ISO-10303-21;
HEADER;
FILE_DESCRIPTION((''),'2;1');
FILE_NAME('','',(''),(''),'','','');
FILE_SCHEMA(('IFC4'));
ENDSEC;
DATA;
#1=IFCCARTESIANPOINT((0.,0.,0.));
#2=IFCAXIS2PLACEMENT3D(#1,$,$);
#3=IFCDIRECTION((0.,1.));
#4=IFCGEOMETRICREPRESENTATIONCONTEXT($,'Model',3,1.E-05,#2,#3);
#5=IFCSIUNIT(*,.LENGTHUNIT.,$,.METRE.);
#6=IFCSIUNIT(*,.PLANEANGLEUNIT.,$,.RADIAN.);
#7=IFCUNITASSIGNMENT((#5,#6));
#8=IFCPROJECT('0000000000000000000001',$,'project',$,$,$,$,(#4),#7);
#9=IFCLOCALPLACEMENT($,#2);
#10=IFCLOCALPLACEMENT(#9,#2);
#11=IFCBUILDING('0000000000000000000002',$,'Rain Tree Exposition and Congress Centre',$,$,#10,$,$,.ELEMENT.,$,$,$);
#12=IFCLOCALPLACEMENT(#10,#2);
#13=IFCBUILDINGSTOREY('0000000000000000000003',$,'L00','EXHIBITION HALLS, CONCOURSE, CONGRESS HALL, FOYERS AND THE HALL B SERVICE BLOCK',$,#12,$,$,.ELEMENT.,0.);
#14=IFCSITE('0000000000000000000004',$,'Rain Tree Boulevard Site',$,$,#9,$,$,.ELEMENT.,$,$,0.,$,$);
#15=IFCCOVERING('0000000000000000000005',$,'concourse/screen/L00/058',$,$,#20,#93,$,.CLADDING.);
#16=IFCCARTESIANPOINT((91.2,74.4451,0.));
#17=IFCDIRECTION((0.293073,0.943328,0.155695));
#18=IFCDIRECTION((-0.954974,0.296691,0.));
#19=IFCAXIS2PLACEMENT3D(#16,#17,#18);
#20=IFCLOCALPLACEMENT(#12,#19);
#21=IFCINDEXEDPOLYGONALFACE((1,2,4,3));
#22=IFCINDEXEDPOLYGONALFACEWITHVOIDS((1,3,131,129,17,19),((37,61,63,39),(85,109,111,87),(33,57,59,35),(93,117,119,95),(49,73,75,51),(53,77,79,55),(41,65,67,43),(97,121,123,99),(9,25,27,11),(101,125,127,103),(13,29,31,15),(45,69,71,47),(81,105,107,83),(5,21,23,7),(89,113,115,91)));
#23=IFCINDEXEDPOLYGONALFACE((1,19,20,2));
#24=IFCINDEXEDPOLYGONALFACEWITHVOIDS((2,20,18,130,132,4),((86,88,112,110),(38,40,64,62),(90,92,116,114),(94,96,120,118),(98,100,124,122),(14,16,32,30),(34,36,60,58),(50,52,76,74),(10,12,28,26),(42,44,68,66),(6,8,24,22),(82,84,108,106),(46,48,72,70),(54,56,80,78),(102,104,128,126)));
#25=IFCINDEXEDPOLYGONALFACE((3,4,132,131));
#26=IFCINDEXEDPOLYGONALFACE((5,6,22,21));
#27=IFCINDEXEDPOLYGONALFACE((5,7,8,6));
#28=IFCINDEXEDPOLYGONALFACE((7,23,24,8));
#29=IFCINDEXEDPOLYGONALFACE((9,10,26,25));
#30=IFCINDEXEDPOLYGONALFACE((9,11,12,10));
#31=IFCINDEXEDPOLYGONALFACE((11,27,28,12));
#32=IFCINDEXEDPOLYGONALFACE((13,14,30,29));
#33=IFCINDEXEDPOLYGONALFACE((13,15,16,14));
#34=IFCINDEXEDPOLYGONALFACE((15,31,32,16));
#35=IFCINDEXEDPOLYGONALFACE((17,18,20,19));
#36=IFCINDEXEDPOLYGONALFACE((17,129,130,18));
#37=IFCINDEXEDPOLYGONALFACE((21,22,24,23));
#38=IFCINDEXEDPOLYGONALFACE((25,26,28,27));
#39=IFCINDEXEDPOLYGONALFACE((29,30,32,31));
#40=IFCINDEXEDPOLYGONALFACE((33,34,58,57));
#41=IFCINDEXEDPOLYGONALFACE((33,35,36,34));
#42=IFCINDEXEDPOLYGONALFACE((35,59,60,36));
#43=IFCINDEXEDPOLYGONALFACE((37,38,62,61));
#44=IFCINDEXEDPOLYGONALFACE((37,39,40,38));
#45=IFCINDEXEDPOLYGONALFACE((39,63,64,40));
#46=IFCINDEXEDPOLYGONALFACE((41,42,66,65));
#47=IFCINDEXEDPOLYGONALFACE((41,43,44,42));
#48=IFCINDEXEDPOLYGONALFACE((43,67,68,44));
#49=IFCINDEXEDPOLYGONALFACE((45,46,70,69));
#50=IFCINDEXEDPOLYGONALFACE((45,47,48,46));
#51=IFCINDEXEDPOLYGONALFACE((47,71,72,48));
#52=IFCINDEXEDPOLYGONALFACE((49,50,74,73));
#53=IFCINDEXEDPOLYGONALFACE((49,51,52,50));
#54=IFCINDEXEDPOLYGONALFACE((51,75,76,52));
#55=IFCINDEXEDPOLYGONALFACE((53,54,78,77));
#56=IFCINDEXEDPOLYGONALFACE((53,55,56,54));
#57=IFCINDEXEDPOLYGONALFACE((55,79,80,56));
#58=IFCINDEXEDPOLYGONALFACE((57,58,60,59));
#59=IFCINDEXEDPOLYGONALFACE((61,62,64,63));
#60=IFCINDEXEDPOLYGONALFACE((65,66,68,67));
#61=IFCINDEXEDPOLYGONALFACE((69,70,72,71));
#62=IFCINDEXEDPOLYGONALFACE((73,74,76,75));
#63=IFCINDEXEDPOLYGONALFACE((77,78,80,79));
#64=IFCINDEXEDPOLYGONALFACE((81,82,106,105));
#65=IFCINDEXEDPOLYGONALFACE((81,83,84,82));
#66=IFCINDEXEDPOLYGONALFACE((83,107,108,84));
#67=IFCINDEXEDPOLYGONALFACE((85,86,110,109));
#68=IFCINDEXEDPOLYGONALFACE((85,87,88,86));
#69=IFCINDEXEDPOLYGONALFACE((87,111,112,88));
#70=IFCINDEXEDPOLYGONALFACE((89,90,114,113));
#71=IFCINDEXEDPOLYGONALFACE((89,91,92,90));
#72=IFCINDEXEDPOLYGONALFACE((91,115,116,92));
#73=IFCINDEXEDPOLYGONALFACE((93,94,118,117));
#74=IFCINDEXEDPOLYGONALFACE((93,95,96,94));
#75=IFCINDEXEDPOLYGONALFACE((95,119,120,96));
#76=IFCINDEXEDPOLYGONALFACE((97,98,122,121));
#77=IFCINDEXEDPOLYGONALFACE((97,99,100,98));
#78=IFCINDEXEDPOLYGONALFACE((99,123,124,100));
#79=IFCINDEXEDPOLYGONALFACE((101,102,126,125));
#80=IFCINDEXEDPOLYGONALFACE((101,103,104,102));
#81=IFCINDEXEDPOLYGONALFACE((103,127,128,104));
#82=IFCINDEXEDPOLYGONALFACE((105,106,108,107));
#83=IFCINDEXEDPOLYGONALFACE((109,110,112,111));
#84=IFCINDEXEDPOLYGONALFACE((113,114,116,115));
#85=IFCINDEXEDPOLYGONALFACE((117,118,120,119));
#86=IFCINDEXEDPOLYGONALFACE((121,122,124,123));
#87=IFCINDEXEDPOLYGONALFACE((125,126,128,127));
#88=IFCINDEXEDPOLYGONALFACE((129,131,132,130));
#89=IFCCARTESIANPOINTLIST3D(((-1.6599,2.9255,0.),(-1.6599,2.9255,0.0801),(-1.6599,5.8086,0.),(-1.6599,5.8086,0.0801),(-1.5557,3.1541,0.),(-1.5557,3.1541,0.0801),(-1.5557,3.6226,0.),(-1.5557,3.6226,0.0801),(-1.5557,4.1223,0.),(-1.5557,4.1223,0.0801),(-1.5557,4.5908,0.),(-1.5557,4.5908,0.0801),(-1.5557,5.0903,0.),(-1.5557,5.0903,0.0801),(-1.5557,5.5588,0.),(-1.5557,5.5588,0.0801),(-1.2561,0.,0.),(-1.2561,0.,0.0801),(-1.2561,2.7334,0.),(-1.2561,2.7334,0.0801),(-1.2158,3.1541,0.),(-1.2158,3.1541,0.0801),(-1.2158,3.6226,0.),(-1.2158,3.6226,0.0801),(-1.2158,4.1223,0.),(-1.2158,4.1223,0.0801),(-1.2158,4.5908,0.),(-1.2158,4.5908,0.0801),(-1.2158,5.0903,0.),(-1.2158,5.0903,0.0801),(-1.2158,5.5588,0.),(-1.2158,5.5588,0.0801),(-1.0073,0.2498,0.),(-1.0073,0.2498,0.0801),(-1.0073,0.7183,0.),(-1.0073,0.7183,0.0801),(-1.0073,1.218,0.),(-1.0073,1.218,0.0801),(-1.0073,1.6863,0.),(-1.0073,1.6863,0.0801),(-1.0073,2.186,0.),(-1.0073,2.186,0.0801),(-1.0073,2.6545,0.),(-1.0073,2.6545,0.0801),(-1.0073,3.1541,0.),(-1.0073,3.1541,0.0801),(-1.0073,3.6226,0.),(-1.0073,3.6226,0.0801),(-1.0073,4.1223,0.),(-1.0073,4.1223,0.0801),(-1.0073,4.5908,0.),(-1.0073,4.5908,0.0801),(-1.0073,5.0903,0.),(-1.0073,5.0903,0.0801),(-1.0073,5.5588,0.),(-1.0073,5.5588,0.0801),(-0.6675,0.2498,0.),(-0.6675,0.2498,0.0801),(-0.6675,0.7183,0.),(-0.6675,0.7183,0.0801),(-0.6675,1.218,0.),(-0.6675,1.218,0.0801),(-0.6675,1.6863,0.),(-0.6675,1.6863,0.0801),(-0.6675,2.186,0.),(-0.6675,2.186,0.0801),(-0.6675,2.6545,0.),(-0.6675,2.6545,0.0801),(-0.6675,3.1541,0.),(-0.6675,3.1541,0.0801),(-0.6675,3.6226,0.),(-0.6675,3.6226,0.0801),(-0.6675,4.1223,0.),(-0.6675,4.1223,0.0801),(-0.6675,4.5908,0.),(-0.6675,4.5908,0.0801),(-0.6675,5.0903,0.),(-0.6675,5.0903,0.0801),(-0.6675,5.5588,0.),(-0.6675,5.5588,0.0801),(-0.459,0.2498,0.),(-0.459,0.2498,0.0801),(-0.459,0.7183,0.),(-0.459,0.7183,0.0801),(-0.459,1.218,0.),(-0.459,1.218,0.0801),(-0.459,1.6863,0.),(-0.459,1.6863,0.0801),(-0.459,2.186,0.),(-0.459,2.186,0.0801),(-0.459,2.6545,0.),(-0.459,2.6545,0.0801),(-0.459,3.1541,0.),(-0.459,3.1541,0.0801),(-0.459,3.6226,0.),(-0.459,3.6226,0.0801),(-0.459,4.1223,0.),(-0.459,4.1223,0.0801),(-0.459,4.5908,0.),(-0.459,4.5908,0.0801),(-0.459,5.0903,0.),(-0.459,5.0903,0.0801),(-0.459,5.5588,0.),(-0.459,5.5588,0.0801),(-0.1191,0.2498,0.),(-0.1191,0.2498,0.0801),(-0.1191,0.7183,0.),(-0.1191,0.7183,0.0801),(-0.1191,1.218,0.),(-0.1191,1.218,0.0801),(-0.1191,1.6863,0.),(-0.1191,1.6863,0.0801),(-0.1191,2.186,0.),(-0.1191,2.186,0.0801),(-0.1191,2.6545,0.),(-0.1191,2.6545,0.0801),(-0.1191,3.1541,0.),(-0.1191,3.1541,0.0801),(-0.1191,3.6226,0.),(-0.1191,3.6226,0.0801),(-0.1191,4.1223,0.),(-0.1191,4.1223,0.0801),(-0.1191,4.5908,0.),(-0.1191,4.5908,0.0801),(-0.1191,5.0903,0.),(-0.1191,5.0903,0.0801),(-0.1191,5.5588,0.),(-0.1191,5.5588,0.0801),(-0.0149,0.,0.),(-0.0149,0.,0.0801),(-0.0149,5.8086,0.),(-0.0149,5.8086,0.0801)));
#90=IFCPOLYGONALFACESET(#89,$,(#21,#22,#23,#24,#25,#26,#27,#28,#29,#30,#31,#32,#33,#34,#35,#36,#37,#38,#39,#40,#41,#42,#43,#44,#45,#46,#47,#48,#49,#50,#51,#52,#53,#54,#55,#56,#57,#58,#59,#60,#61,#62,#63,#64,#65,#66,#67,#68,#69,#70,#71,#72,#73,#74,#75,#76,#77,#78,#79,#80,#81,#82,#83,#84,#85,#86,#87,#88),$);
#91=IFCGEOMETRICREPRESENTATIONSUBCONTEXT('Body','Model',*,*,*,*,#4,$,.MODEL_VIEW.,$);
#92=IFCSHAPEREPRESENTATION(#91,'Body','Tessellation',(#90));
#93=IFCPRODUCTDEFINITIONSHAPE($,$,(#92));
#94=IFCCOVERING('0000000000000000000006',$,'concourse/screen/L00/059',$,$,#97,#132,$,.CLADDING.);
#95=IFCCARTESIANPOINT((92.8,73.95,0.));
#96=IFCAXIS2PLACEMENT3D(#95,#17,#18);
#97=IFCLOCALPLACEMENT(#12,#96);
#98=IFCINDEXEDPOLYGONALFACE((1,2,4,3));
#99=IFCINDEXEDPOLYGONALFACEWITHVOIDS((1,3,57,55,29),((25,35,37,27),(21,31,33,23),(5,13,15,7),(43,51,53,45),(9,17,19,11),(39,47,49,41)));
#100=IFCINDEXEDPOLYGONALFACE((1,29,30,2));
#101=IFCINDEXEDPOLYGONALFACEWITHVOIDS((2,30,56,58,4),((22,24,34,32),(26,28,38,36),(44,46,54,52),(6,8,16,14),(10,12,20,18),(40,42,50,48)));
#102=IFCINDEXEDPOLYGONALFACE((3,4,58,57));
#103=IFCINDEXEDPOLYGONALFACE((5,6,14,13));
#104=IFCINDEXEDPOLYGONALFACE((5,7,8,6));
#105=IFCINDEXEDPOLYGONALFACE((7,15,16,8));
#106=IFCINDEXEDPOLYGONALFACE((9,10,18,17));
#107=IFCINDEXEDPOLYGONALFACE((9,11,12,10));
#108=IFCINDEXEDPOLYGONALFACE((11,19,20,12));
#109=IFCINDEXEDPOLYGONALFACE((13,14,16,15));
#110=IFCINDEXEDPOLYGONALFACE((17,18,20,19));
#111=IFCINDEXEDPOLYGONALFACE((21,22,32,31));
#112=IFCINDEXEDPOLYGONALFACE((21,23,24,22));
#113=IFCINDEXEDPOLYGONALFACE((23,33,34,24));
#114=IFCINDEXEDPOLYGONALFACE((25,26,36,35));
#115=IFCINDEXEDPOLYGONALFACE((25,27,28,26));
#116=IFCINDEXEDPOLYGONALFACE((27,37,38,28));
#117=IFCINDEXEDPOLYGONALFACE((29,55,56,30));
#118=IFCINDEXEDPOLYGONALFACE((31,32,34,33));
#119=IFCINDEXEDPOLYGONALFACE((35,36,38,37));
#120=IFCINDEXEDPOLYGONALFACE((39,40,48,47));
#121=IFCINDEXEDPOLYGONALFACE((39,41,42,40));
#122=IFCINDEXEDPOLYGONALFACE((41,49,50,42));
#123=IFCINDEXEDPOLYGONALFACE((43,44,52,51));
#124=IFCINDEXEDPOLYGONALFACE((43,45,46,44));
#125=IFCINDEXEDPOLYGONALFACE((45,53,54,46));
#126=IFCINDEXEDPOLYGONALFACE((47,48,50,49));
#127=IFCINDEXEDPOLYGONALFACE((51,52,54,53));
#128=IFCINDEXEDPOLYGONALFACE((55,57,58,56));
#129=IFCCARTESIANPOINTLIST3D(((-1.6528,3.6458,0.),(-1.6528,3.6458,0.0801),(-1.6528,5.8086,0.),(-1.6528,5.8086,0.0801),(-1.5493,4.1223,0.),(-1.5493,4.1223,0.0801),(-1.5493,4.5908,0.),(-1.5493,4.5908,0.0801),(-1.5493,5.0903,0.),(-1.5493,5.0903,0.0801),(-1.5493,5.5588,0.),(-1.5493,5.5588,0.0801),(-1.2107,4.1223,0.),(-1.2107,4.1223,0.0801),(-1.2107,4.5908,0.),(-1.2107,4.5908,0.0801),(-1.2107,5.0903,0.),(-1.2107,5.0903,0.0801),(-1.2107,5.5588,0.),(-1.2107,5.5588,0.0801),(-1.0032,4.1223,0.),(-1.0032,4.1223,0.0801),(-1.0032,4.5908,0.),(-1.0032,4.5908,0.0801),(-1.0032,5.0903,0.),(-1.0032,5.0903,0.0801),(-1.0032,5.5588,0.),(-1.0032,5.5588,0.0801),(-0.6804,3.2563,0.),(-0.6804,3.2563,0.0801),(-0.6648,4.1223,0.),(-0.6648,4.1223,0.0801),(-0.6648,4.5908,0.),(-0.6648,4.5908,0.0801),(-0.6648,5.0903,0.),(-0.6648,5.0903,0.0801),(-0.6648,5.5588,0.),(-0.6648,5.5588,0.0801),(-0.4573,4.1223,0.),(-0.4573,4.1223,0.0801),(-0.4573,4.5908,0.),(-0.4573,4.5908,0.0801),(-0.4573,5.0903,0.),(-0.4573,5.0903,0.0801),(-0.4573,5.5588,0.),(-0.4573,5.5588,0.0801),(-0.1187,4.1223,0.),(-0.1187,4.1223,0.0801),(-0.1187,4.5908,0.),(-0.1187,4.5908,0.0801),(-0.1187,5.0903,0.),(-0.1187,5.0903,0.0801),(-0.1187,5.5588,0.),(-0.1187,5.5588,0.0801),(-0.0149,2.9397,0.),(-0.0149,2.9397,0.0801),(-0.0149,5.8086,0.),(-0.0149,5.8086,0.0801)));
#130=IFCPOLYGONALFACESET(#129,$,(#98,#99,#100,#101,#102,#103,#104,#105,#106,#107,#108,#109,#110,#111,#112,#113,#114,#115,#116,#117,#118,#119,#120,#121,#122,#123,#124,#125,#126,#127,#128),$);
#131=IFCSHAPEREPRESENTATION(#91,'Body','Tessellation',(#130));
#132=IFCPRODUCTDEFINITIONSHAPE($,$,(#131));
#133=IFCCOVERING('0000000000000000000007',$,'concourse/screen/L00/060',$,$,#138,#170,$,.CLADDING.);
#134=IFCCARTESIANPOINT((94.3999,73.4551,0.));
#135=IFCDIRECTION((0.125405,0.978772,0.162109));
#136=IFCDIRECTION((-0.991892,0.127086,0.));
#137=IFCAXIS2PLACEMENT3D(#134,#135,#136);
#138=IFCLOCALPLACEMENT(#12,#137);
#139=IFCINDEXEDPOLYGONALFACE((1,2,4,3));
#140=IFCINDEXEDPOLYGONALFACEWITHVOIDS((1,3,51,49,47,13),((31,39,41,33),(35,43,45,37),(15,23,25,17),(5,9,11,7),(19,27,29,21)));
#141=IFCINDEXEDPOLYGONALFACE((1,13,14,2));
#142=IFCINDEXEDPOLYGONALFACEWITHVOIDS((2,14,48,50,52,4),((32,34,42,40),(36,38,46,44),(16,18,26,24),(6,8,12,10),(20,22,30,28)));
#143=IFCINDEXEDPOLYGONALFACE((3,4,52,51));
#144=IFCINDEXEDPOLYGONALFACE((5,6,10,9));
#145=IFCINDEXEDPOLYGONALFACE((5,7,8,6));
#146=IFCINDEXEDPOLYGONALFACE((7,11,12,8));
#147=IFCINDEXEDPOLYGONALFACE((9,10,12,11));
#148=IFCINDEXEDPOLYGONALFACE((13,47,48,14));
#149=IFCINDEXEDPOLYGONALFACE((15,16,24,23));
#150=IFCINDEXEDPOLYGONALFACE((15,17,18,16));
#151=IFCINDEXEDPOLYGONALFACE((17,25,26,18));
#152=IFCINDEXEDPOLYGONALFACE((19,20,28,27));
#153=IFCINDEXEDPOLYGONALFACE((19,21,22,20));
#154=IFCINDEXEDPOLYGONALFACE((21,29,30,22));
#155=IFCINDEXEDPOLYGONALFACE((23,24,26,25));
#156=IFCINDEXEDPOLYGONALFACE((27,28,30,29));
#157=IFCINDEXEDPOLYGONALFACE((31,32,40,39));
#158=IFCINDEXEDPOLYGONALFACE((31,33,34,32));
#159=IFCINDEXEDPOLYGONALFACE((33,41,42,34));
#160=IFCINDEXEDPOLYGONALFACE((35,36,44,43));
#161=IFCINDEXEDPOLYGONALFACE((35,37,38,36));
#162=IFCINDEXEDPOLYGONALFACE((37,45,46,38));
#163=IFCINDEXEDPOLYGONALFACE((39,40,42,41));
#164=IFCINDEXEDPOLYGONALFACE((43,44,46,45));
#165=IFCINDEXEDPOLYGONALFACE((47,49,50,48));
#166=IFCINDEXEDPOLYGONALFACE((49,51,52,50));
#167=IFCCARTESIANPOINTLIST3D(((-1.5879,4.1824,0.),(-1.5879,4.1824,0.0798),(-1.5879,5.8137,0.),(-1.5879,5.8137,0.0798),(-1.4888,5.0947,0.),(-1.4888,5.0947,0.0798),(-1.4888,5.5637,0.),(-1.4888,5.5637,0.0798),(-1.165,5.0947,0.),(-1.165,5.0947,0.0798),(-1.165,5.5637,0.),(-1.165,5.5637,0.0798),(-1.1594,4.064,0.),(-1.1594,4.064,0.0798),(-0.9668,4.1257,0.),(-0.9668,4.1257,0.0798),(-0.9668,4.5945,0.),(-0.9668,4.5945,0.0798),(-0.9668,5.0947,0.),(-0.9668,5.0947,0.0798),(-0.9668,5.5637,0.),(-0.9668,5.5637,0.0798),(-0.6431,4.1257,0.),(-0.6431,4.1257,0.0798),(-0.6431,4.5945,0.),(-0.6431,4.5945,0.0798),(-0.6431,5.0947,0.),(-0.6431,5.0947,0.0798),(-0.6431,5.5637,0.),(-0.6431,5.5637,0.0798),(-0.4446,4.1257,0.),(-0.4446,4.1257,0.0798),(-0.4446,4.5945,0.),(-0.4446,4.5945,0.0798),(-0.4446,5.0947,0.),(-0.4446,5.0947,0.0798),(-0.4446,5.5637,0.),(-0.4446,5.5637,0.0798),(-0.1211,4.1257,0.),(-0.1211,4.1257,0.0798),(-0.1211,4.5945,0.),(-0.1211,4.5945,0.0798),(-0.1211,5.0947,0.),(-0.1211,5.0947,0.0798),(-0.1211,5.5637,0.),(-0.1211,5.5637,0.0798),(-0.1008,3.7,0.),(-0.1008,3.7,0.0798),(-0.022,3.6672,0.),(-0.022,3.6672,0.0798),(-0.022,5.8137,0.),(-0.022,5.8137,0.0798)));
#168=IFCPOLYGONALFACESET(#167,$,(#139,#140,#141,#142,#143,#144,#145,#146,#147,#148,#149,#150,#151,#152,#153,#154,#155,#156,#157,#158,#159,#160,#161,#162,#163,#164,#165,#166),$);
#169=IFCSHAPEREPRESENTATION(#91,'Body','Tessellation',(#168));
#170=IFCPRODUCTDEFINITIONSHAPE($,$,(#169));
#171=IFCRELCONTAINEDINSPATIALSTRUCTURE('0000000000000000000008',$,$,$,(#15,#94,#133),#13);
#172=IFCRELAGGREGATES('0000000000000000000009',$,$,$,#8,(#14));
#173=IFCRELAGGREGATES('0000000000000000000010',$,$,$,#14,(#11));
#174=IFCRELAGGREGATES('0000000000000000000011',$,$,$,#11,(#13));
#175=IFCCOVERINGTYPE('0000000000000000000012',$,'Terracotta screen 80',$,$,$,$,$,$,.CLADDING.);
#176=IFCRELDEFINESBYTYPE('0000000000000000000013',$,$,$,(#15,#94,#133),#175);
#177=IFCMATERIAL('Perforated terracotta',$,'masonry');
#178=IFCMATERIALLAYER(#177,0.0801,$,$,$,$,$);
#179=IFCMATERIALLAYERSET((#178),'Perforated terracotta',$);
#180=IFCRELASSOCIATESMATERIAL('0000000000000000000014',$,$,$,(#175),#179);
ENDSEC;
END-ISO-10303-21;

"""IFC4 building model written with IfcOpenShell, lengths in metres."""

from ifc_helpers import new_model, si_unit, direction, frame, origin, place, context, subcontext, project, spatial, polyline, outline, extrude, material, layer, layer_set, type_object, element, save


model = new_model("IFC4")

# Units and contexts
model_context = context("Model", 3, precision=1e-05, world=origin(), true_north=direction((0.0, 1.0)))
body_context = subcontext(model_context, "Body", "Model", "MODEL_VIEW")
ifc_project = project(units=[si_unit("LENGTHUNIT", "METRE"), si_unit("PLANEANGLEUNIT", "RADIAN")], contexts=[model_context])

# Site, building, storey
site_placement = place(None, origin())
site = spatial("IfcSite", under=ifc_project, at=site_placement, Name="Rain Tree Boulevard Site", CompositionType="ELEMENT", RefElevation=0.0)
building_placement = place(site_placement, origin())
building = spatial("IfcBuilding", under=site, at=building_placement, Name="Rain Tree Exposition and Congress Centre", CompositionType="ELEMENT")
storey_placement = place(building_placement, origin())
storey = spatial("IfcBuildingStorey", under=building, at=storey_placement, Name="L00", Description="EXHIBITION HALLS, CONCOURSE, CONGRESS HALL, FOYERS AND THE HALL B SERVICE BLOCK", CompositionType="ELEMENT", Elevation=0.0)

# Coverings
ifc_material_1 = material(Name="Perforated terracotta", Category="masonry")
ifc_layer_1 = layer(ifc_material_1, 0.0801)
ifc_layer_set_1 = layer_set([ifc_layer_1], Name="Perforated terracotta")
covering_type = type_object("IfcCoveringType", Name="Terracotta screen 80", PredefinedType="CLADDING", material=ifc_layer_set_1)
covering_1_placement = place(storey_placement, frame((91.2, 74.4451, 0.0), z_axis=(0.293073, 0.943328, 0.155695), x_axis=(-0.954974, 0.296691, 0.0)))
element("IfcCovering", 1, at=covering_1_placement, inside=storey, type_object=covering_type, Name="concourse/screen/L00/058", PredefinedType="CLADDING", context=body_context, shape_type="SweptSolid", body=[
    extrude(outline(polyline([(-0.0149, 0.0), (-1.2561, 0.0), (-1.2561, 2.7334), (-1.6599, 2.9255), (-1.6599, 5.8086), (-0.0149, 5.8086), (-0.0149, 0.0)]), holes=[polyline([(-0.1191, 0.2498), (-0.1191, 0.7183), (-0.459, 0.7183), (-0.459, 0.2498), (-0.1191, 0.2498)]), polyline([(-0.1191, 1.218), (-0.1191, 1.6863), (-0.459, 1.6863), (-0.459, 1.218), (-0.1191, 1.218)]), polyline([(-0.1191, 2.186), (-0.1191, 2.6545), (-0.459, 2.6545), (-0.459, 2.186), (-0.1191, 2.186)]), polyline([(-0.1191, 3.1541), (-0.1191, 3.6226), (-0.459, 3.6226), (-0.459, 3.1541), (-0.1191, 3.1541)]), polyline([(-0.1191, 4.1223), (-0.1191, 4.5908), (-0.459, 4.5908), (-0.459, 4.1223), (-0.1191, 4.1223)]), polyline([(-0.1191, 5.0903), (-0.1191, 5.5588), (-0.459, 5.5588), (-0.459, 5.0903), (-0.1191, 5.0903)]), polyline([(-0.6675, 0.2498), (-0.6675, 0.7183), (-1.0073, 0.7183), (-1.0073, 0.2498), (-0.6675, 0.2498)]), polyline([(-0.6675, 1.218), (-0.6675, 1.6863), (-1.0073, 1.6863), (-1.0073, 1.218), (-0.6675, 1.218)]), polyline([(-0.6675, 2.186), (-0.6675, 2.6545), (-1.0073, 2.6545), (-1.0073, 2.186), (-0.6675, 2.186)]), polyline([(-0.6675, 3.1541), (-0.6675, 3.6226), (-1.0073, 3.6226), (-1.0073, 3.1541), (-0.6675, 3.1541)]), polyline([(-0.6675, 4.1223), (-0.6675, 4.5908), (-1.0073, 4.5908), (-1.0073, 4.1223), (-0.6675, 4.1223)]), polyline([(-0.6675, 5.0903), (-0.6675, 5.5588), (-1.0073, 5.5588), (-1.0073, 5.0903), (-0.6675, 5.0903)]), polyline([(-1.2158, 3.1541), (-1.2158, 3.6226), (-1.5557, 3.6226), (-1.5557, 3.1541), (-1.2158, 3.1541)]), polyline([(-1.2158, 4.1223), (-1.2158, 4.5908), (-1.5557, 4.5908), (-1.5557, 4.1223), (-1.2158, 4.1223)]), polyline([(-1.2158, 5.0903), (-1.2158, 5.5588), (-1.5557, 5.5588), (-1.5557, 5.0903), (-1.2158, 5.0903)])]), origin(), (0.0, 0.0, 1.0), 0.0801),
])
covering_2_placement = place(storey_placement, frame((92.8, 73.95, 0.0), z_axis=(0.293073, 0.943328, 0.155695), x_axis=(-0.954974, 0.296691, 0.0)))
element("IfcCovering", 2, at=covering_2_placement, inside=storey, type_object=covering_type, Name="concourse/screen/L00/059", PredefinedType="CLADDING", context=body_context, shape_type="SweptSolid", body=[
    extrude(outline(polyline([(-0.0149, 5.8086), (-0.0149, 2.9397), (-0.6804, 3.2563), (-1.6528, 3.6458), (-1.6528, 5.8086), (-0.0149, 5.8086)]), holes=[polyline([(-0.1187, 4.1223), (-0.1187, 4.5908), (-0.4573, 4.5908), (-0.4573, 4.1223), (-0.1187, 4.1223)]), polyline([(-0.1187, 5.0903), (-0.1187, 5.5588), (-0.4573, 5.5588), (-0.4573, 5.0903), (-0.1187, 5.0903)]), polyline([(-0.6648, 4.1223), (-0.6648, 4.5908), (-1.0032, 4.5908), (-1.0032, 4.1223), (-0.6648, 4.1223)]), polyline([(-0.6648, 5.0903), (-0.6648, 5.5588), (-1.0032, 5.5588), (-1.0032, 5.0903), (-0.6648, 5.0903)]), polyline([(-1.2107, 4.1223), (-1.2107, 4.5908), (-1.5493, 4.5908), (-1.5493, 4.1223), (-1.2107, 4.1223)]), polyline([(-1.2107, 5.0903), (-1.2107, 5.5588), (-1.5493, 5.5588), (-1.5493, 5.0903), (-1.2107, 5.0903)])]), origin(), (0.0, 0.0, 1.0), 0.0801),
])
covering_3_placement = place(storey_placement, frame((94.3999, 73.4551, 0.0), z_axis=(0.125405, 0.978772, 0.162109), x_axis=(-0.991892, 0.127086, 0.0)))
element("IfcCovering", 3, at=covering_3_placement, inside=storey, type_object=covering_type, Name="concourse/screen/L00/060", PredefinedType="CLADDING", context=body_context, shape_type="SweptSolid", body=[
    extrude(outline(polyline([(-0.022, 5.8137), (-0.022, 3.6672), (-0.1008, 3.7), (-1.1594, 4.064), (-1.5879, 4.1824), (-1.5879, 5.8137), (-0.022, 5.8137)]), holes=[polyline([(-0.1211, 4.1257), (-0.1211, 4.5945), (-0.4446, 4.5945), (-0.4446, 4.1257), (-0.1211, 4.1257)]), polyline([(-0.1211, 5.0947), (-0.1211, 5.5637), (-0.4446, 5.5637), (-0.4446, 5.0947), (-0.1211, 5.0947)]), polyline([(-0.6431, 4.1257), (-0.6431, 4.5945), (-0.9668, 4.5945), (-0.9668, 4.1257), (-0.6431, 4.1257)]), polyline([(-0.6431, 5.0947), (-0.6431, 5.5637), (-0.9668, 5.5637), (-0.9668, 5.0947), (-0.6431, 5.0947)]), polyline([(-1.165, 5.0947), (-1.165, 5.5637), (-1.4888, 5.5637), (-1.4888, 5.0947), (-1.165, 5.0947)])]), origin(), (0.0, 0.0, 1.0), 0.0798),
])

save(model, "model.ifc")
